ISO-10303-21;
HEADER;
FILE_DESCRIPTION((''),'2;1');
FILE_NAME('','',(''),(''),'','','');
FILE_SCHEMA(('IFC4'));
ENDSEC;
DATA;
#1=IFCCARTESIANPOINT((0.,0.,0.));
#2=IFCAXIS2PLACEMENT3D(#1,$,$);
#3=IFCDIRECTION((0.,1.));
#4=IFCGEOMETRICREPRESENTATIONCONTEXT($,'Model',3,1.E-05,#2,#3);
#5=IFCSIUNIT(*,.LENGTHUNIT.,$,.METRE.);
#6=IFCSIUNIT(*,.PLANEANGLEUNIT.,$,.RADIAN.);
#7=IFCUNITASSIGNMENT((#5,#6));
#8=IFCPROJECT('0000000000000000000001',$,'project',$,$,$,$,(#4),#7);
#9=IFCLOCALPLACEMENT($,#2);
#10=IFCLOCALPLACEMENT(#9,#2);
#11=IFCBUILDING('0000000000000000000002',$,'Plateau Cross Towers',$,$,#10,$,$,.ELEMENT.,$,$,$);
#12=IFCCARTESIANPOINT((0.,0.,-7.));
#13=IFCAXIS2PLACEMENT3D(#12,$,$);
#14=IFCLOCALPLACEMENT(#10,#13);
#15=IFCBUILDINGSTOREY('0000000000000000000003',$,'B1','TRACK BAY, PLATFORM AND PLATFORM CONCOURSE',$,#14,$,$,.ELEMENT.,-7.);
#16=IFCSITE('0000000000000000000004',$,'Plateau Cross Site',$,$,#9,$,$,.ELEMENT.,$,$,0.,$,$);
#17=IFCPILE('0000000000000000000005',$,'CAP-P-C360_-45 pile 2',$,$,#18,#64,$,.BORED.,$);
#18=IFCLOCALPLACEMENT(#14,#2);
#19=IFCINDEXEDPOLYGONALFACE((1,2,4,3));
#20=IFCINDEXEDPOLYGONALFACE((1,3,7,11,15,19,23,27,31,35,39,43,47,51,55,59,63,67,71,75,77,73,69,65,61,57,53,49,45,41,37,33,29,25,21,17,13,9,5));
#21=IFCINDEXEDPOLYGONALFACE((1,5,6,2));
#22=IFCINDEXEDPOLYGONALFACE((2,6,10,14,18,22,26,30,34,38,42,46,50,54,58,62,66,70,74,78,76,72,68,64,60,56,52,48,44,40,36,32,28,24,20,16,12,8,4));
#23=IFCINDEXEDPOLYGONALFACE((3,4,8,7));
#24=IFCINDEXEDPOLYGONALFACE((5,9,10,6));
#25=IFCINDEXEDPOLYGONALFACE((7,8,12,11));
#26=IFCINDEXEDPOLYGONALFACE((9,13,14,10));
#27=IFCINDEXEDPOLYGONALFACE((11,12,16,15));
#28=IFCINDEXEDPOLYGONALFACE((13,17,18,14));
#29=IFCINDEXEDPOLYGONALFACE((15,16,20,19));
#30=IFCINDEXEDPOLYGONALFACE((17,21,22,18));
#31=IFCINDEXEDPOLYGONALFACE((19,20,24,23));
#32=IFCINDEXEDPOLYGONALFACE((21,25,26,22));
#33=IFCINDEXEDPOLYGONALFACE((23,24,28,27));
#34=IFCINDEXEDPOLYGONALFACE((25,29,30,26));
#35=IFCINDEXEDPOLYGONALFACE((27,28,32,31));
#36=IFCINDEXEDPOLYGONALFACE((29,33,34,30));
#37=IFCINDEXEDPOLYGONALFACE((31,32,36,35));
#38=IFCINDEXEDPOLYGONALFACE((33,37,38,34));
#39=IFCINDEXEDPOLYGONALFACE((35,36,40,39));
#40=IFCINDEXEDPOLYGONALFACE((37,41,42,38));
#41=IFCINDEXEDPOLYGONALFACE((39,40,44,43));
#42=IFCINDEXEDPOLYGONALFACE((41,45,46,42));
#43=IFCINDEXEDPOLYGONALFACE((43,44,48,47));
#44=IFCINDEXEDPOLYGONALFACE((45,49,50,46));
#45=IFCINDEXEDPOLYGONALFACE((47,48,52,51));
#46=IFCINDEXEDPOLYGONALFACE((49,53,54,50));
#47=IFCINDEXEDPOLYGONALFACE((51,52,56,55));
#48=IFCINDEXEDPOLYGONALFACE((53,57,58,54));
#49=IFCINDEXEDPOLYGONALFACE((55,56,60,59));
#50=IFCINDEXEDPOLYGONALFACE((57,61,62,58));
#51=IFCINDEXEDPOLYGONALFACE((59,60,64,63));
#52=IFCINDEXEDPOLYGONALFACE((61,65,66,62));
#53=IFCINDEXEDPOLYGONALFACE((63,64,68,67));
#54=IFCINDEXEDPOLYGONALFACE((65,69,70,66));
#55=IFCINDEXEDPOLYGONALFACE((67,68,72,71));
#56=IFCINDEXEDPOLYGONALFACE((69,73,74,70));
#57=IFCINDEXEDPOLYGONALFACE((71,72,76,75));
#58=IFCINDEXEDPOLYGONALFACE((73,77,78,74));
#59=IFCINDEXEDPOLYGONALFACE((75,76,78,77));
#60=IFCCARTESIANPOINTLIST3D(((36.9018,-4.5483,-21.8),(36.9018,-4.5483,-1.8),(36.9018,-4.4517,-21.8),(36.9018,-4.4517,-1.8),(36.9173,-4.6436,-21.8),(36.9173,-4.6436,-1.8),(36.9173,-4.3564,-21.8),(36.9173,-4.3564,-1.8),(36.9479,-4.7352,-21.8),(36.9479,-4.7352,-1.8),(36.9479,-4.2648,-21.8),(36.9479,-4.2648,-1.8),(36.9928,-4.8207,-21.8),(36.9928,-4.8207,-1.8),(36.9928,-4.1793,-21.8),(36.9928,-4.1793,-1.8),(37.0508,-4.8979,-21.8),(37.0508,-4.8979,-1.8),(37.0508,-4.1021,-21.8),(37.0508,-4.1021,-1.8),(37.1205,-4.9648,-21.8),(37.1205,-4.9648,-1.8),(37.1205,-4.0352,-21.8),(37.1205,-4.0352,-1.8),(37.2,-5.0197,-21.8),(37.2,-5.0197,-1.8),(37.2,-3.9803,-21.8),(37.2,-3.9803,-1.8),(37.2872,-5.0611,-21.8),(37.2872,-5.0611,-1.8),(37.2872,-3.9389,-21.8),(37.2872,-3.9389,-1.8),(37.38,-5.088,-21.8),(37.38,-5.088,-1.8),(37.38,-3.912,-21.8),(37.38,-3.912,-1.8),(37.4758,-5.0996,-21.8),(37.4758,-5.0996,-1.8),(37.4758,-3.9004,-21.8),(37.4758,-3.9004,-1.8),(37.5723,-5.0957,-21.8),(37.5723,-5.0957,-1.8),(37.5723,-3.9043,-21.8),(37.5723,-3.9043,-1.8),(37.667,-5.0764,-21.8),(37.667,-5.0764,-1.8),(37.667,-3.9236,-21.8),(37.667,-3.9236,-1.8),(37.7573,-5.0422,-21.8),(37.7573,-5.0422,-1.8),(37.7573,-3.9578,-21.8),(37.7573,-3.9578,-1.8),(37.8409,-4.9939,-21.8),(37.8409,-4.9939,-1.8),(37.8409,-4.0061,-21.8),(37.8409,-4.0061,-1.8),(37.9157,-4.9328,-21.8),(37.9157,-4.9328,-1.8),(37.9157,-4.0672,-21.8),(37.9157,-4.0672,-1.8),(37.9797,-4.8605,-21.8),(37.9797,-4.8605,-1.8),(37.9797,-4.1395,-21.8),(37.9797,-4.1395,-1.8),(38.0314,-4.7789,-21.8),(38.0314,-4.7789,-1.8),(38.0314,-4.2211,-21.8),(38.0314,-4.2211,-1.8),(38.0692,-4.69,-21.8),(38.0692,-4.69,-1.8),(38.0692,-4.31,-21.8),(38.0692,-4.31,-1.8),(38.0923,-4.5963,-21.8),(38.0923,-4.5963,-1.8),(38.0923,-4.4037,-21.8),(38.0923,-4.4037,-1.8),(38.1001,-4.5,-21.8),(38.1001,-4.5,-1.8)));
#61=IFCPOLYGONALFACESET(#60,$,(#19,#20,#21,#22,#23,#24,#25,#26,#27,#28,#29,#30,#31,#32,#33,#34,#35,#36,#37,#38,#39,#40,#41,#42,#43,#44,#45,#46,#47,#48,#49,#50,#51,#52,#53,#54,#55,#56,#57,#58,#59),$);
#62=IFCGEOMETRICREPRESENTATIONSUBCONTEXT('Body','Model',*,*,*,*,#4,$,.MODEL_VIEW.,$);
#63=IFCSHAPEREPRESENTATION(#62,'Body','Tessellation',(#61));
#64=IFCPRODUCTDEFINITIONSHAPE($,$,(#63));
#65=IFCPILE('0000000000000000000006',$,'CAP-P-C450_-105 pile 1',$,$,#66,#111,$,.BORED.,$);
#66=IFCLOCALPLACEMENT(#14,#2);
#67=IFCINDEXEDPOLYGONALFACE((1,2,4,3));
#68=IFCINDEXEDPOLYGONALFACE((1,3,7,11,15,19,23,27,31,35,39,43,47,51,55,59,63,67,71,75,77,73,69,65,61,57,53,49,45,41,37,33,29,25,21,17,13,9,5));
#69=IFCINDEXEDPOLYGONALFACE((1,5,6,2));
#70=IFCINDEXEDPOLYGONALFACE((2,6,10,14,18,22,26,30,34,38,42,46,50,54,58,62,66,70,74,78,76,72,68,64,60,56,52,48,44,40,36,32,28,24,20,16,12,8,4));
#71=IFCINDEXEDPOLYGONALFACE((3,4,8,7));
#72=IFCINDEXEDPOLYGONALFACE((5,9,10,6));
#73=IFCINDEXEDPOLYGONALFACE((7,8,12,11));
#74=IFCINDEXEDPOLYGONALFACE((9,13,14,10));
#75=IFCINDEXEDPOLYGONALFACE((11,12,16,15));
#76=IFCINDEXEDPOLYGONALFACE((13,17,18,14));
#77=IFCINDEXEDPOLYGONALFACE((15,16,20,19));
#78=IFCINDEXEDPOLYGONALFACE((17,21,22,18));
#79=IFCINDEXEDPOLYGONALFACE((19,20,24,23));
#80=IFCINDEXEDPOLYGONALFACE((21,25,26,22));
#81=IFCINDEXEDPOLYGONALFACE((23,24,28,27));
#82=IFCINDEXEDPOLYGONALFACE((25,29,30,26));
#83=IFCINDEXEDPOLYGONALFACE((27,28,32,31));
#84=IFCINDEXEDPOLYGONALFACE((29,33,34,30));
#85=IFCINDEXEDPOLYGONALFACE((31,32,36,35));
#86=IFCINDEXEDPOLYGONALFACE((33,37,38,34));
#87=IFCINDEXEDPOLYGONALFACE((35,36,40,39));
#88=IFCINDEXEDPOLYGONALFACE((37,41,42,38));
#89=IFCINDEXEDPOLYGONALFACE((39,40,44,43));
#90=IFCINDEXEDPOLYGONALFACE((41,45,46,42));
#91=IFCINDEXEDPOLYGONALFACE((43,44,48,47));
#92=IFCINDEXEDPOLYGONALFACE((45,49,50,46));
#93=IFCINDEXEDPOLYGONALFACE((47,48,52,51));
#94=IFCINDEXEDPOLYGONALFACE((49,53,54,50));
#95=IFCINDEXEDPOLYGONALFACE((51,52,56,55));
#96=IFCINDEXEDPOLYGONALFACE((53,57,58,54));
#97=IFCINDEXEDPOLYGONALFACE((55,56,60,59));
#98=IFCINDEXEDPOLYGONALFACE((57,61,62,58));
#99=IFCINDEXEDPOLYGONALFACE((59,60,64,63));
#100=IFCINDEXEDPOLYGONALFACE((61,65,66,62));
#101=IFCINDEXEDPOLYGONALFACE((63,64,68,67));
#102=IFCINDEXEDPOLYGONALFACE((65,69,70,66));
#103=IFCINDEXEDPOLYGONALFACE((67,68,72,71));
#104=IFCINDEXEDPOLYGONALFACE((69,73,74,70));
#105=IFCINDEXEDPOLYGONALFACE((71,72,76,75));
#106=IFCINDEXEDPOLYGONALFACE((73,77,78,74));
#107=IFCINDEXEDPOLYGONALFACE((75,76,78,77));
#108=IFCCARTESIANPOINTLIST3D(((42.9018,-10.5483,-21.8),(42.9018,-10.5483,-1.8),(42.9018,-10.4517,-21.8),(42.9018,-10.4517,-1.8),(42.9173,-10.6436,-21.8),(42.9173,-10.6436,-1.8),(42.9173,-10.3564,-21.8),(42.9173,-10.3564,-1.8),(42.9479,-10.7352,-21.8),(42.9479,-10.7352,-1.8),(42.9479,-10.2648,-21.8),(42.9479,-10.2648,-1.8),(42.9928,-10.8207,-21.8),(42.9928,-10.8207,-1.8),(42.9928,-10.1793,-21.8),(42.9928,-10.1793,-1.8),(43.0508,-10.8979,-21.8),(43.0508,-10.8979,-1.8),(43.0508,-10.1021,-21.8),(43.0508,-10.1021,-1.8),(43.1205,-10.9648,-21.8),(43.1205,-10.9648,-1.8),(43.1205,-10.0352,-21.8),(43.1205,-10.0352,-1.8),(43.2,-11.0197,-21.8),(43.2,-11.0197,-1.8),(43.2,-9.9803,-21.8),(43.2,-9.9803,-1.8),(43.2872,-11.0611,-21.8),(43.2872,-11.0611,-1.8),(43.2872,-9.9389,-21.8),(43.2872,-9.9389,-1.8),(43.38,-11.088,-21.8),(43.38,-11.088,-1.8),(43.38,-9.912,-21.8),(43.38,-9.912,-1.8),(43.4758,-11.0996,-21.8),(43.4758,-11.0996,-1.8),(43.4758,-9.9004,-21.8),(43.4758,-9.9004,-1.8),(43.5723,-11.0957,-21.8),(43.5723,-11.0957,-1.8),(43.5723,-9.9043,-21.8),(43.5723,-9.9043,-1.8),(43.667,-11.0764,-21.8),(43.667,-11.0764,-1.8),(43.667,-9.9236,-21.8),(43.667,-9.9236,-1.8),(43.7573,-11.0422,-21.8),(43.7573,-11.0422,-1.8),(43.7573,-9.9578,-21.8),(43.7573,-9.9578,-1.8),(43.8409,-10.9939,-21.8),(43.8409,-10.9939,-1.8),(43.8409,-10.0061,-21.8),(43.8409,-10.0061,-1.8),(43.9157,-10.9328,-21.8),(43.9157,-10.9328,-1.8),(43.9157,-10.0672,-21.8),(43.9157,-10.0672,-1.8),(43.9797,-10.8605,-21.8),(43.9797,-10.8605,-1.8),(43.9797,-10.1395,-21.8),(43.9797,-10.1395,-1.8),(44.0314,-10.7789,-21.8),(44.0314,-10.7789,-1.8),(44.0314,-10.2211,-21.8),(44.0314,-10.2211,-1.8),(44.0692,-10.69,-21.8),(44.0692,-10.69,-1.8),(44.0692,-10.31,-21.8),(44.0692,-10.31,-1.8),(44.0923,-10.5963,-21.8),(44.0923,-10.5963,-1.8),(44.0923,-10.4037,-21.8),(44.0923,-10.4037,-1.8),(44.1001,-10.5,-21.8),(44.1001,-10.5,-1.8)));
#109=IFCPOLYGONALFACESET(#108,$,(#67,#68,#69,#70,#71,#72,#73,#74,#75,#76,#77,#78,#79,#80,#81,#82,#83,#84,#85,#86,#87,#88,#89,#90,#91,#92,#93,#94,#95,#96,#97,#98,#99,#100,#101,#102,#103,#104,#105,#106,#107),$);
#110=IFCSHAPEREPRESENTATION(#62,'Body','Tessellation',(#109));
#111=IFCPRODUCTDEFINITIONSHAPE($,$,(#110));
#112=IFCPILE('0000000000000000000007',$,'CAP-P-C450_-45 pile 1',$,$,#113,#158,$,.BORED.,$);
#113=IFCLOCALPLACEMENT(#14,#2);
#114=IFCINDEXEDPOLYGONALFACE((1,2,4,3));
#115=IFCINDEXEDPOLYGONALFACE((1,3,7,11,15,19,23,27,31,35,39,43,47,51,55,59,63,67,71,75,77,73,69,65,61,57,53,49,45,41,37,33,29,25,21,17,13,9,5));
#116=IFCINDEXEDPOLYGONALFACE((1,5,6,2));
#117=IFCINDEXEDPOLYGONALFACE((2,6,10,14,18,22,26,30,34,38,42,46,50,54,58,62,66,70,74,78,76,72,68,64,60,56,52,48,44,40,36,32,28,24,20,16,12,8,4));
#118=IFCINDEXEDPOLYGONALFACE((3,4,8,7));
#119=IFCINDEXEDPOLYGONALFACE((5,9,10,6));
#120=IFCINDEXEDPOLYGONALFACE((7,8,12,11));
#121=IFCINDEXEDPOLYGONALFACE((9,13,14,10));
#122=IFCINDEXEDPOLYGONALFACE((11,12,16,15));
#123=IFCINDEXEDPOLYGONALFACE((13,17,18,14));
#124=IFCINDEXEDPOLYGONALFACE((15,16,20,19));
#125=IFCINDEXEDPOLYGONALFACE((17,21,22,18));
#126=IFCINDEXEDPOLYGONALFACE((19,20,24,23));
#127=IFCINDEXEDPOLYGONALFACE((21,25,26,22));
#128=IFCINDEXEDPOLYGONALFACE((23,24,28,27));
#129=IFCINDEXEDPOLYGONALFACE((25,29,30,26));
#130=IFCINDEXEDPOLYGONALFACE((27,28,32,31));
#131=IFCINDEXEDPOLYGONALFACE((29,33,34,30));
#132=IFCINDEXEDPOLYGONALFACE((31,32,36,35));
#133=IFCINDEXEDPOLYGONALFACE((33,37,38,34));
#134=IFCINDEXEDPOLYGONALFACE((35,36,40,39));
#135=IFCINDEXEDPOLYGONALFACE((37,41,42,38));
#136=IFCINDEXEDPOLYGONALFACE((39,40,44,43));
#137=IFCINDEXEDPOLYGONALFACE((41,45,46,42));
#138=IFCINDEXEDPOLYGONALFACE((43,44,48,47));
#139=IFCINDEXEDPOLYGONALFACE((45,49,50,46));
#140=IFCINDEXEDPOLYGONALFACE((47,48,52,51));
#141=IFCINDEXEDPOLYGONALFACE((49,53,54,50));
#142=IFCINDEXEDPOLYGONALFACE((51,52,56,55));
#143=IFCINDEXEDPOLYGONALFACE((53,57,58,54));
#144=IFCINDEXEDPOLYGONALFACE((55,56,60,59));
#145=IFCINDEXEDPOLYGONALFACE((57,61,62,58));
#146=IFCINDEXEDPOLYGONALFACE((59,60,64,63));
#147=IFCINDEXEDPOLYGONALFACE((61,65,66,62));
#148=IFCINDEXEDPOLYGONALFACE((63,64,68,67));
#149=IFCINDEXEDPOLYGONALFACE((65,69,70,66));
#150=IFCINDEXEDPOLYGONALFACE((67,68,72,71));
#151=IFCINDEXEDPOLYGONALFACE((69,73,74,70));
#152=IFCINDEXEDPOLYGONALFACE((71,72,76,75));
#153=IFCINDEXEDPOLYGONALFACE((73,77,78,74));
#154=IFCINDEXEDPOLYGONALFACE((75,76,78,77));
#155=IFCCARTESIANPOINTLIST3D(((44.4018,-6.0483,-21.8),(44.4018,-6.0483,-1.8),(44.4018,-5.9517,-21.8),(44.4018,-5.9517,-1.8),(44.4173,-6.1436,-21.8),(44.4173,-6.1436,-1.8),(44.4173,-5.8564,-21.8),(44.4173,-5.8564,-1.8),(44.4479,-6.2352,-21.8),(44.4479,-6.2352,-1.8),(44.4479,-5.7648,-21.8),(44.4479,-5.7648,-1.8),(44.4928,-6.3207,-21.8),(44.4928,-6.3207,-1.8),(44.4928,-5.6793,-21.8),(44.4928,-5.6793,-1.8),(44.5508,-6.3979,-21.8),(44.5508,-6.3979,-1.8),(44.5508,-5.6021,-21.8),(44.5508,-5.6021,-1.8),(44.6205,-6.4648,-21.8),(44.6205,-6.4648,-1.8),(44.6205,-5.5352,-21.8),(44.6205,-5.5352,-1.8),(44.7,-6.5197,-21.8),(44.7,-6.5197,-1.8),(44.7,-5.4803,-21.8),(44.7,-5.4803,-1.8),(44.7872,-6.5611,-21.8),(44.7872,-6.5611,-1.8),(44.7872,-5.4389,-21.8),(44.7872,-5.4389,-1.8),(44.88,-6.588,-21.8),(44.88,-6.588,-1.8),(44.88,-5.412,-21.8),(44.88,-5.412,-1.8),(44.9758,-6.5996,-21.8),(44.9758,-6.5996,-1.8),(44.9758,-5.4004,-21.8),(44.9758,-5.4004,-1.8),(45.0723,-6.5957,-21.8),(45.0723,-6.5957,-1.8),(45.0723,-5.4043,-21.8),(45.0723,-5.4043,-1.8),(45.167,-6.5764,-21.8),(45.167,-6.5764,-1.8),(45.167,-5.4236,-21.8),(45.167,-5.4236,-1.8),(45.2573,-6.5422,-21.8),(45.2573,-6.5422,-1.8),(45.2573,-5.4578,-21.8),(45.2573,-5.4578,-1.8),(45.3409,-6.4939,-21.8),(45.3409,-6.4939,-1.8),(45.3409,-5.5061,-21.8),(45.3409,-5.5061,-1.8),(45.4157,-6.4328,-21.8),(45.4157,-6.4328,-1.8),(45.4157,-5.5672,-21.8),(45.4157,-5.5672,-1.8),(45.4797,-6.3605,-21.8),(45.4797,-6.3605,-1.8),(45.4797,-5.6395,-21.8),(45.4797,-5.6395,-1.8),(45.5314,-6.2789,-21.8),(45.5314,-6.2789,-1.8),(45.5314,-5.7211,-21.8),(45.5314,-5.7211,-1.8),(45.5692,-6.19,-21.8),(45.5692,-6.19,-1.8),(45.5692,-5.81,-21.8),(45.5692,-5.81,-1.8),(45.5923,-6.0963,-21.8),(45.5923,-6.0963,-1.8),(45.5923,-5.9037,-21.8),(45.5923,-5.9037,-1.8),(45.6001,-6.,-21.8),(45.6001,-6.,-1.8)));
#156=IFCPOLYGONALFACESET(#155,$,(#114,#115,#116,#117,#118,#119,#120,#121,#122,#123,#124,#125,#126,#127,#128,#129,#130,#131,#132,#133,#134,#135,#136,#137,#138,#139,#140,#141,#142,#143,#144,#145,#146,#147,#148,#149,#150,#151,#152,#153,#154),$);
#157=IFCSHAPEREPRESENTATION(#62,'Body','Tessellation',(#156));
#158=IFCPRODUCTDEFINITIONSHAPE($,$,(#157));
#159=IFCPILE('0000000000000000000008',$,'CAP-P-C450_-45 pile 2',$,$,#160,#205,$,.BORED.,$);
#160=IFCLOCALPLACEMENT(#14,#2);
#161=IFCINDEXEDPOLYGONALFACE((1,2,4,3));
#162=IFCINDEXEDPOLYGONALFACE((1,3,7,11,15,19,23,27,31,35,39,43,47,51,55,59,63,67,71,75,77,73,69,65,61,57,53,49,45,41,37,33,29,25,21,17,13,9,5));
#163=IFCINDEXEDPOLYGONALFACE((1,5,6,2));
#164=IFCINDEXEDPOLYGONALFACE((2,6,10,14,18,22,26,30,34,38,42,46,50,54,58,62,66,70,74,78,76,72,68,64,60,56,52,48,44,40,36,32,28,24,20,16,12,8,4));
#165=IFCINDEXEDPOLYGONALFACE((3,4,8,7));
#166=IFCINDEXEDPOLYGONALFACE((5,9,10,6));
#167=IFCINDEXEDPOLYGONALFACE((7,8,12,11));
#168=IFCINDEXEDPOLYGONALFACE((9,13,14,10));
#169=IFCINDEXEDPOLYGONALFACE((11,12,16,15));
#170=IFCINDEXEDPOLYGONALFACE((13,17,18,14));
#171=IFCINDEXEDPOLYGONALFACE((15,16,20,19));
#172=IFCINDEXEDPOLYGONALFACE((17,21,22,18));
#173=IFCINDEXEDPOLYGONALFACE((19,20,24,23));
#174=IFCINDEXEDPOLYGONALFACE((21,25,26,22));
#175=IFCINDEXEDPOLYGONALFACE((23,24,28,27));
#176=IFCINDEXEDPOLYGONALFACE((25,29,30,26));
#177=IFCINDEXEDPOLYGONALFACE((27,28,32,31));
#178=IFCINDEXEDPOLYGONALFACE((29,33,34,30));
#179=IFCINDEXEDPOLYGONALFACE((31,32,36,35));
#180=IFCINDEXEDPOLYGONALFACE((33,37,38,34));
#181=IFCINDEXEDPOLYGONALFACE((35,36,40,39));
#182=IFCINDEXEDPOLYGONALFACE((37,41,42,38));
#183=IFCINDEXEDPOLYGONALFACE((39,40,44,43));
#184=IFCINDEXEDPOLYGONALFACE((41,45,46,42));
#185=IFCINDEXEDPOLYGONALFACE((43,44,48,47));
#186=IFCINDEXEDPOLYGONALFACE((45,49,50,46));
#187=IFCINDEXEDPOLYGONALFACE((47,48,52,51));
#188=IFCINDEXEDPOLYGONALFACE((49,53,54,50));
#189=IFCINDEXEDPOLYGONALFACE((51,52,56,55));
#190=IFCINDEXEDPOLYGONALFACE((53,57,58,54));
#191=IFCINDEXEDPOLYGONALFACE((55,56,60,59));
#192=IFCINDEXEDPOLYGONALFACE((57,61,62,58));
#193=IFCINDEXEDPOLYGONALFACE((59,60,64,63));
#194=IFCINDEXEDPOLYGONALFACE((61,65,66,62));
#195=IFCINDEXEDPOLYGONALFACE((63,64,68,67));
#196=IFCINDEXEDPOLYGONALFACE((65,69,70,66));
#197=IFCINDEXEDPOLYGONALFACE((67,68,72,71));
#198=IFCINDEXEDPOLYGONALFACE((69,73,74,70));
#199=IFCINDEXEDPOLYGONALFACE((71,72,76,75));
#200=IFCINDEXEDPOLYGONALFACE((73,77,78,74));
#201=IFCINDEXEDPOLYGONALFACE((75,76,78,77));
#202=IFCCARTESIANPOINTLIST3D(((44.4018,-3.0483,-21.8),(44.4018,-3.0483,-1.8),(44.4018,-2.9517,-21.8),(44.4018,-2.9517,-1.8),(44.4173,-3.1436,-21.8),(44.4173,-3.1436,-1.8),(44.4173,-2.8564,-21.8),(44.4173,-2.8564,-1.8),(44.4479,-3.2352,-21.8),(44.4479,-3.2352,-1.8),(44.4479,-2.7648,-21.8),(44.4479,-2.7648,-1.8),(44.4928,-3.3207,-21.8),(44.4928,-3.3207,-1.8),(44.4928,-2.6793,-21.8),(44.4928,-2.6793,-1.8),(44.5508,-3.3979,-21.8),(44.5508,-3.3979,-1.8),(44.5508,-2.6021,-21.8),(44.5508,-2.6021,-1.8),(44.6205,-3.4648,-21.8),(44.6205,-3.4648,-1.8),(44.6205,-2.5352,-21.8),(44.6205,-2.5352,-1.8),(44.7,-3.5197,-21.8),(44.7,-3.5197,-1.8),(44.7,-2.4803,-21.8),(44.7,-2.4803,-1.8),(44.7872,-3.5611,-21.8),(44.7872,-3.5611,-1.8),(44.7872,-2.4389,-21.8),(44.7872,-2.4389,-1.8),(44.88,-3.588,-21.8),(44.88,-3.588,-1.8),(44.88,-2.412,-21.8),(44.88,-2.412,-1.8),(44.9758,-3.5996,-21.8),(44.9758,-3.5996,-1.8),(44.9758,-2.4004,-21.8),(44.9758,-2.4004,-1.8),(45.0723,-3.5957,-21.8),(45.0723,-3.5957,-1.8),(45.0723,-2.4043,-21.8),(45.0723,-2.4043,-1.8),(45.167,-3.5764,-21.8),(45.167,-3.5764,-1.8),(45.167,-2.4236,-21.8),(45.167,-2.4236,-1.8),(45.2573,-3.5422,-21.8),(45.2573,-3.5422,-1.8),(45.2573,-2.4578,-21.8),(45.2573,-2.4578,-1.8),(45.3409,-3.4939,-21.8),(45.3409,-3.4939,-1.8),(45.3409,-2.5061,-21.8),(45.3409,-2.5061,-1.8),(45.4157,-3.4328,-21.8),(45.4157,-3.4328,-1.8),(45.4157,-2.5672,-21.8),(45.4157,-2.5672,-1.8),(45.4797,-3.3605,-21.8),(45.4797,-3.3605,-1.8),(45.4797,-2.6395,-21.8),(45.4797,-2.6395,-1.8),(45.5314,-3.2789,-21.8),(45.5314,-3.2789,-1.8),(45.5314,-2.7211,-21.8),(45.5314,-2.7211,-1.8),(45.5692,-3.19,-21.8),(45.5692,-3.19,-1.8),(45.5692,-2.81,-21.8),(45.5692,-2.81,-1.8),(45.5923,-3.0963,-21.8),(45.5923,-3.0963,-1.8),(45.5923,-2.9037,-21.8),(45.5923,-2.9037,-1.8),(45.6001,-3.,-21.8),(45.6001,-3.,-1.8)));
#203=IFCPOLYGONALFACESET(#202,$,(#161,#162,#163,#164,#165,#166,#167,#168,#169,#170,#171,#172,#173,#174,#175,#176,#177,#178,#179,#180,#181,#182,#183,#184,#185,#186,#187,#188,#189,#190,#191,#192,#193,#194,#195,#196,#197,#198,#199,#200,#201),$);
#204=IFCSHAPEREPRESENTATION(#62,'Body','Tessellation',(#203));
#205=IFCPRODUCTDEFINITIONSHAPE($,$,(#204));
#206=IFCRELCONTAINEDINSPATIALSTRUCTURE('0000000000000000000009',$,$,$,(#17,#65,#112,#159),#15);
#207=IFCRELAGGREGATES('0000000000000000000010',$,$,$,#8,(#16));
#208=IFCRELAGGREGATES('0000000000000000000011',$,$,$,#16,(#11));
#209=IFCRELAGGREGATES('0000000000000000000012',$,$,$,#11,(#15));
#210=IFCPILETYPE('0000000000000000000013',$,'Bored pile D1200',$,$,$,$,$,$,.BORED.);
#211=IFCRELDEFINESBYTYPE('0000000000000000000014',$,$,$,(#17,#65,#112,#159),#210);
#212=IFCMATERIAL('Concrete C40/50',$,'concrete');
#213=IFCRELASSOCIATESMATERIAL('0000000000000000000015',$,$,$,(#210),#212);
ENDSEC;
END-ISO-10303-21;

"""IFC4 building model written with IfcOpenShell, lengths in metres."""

from ifc_helpers import new_model, si_unit, direction, frame, origin, origin_2d, place, context, subcontext, project, spatial, circle, extrude, material, material_profile, profile_set, type_object, element, save


model = new_model("IFC4")

# Units and contexts
model_context = context("Model", 3, precision=1e-05, world=origin(), true_north=direction((0.0, 1.0)))
body_context = subcontext(model_context, "Body", "Model", "MODEL_VIEW")
ifc_project = project(units=[si_unit("LENGTHUNIT", "METRE"), si_unit("PLANEANGLEUNIT", "RADIAN")], contexts=[model_context])

# Site, building, storey
site_placement = place(None, origin())
site = spatial("IfcSite", under=ifc_project, at=site_placement, Name="Plateau Cross Site", CompositionType="ELEMENT", RefElevation=0.0)
building_placement = place(site_placement, origin())
building = spatial("IfcBuilding", under=site, at=building_placement, Name="Plateau Cross Towers", CompositionType="ELEMENT")
storey_placement = place(building_placement, frame((0.0, 0.0, -7.0)))
storey = spatial("IfcBuildingStorey", under=building, at=storey_placement, Name="B1", Description="TRACK BAY, PLATFORM AND PLATFORM CONCOURSE", CompositionType="ELEMENT", Elevation=-7.0)

# Piles
ifc_material_1 = material(Name="Concrete C40/50", Category="concrete")
ifc_material_profile_1 = material_profile(ifc_material_1, circle(Radius=0.6001, at=origin_2d()), Name="Bored pile D1200")
ifc_profile_set_1 = profile_set([ifc_material_profile_1], Name="Concrete C40/50")
pile_type = type_object("IfcPileType", Name="Bored pile D1200", PredefinedType="BORED", material=ifc_profile_set_1)
for number, where, z_axis, x_axis, name in (
    (1, (37.5, -4.5, -1.8), (0.0, 0.0, -1.0), (1.0, 0.0, 0.0), "CAP-P-C360_-45 pile 2"),
    (2, (43.5, -10.5, -1.8), (0.0, 0.0, -1.0), (1.0, 0.0, 0.0), "CAP-P-C450_-105 pile 1"),
    (3, (45.0, -6.0, -1.8), (0.0, 0.0, -1.0), (1.0, 0.0, 0.0), "CAP-P-C450_-45 pile 1"),
    (4, (45.0, -3.0, -1.8), (0.0, 0.0, -1.0), (1.0, 0.0, 0.0), "CAP-P-C450_-45 pile 2"),
):
    element("IfcPile", number, at=place(storey_placement, frame(where, z_axis=z_axis, x_axis=x_axis)), inside=storey, type_object=pile_type, Name=name, PredefinedType="BORED", context=body_context, shape_type="SweptSolid", body=[
        extrude(circle(Radius=0.6001, at=origin_2d()), origin(), (0.0, 0.0, 1.0), 20.0),
    ])

save(model, "model.ifc")
